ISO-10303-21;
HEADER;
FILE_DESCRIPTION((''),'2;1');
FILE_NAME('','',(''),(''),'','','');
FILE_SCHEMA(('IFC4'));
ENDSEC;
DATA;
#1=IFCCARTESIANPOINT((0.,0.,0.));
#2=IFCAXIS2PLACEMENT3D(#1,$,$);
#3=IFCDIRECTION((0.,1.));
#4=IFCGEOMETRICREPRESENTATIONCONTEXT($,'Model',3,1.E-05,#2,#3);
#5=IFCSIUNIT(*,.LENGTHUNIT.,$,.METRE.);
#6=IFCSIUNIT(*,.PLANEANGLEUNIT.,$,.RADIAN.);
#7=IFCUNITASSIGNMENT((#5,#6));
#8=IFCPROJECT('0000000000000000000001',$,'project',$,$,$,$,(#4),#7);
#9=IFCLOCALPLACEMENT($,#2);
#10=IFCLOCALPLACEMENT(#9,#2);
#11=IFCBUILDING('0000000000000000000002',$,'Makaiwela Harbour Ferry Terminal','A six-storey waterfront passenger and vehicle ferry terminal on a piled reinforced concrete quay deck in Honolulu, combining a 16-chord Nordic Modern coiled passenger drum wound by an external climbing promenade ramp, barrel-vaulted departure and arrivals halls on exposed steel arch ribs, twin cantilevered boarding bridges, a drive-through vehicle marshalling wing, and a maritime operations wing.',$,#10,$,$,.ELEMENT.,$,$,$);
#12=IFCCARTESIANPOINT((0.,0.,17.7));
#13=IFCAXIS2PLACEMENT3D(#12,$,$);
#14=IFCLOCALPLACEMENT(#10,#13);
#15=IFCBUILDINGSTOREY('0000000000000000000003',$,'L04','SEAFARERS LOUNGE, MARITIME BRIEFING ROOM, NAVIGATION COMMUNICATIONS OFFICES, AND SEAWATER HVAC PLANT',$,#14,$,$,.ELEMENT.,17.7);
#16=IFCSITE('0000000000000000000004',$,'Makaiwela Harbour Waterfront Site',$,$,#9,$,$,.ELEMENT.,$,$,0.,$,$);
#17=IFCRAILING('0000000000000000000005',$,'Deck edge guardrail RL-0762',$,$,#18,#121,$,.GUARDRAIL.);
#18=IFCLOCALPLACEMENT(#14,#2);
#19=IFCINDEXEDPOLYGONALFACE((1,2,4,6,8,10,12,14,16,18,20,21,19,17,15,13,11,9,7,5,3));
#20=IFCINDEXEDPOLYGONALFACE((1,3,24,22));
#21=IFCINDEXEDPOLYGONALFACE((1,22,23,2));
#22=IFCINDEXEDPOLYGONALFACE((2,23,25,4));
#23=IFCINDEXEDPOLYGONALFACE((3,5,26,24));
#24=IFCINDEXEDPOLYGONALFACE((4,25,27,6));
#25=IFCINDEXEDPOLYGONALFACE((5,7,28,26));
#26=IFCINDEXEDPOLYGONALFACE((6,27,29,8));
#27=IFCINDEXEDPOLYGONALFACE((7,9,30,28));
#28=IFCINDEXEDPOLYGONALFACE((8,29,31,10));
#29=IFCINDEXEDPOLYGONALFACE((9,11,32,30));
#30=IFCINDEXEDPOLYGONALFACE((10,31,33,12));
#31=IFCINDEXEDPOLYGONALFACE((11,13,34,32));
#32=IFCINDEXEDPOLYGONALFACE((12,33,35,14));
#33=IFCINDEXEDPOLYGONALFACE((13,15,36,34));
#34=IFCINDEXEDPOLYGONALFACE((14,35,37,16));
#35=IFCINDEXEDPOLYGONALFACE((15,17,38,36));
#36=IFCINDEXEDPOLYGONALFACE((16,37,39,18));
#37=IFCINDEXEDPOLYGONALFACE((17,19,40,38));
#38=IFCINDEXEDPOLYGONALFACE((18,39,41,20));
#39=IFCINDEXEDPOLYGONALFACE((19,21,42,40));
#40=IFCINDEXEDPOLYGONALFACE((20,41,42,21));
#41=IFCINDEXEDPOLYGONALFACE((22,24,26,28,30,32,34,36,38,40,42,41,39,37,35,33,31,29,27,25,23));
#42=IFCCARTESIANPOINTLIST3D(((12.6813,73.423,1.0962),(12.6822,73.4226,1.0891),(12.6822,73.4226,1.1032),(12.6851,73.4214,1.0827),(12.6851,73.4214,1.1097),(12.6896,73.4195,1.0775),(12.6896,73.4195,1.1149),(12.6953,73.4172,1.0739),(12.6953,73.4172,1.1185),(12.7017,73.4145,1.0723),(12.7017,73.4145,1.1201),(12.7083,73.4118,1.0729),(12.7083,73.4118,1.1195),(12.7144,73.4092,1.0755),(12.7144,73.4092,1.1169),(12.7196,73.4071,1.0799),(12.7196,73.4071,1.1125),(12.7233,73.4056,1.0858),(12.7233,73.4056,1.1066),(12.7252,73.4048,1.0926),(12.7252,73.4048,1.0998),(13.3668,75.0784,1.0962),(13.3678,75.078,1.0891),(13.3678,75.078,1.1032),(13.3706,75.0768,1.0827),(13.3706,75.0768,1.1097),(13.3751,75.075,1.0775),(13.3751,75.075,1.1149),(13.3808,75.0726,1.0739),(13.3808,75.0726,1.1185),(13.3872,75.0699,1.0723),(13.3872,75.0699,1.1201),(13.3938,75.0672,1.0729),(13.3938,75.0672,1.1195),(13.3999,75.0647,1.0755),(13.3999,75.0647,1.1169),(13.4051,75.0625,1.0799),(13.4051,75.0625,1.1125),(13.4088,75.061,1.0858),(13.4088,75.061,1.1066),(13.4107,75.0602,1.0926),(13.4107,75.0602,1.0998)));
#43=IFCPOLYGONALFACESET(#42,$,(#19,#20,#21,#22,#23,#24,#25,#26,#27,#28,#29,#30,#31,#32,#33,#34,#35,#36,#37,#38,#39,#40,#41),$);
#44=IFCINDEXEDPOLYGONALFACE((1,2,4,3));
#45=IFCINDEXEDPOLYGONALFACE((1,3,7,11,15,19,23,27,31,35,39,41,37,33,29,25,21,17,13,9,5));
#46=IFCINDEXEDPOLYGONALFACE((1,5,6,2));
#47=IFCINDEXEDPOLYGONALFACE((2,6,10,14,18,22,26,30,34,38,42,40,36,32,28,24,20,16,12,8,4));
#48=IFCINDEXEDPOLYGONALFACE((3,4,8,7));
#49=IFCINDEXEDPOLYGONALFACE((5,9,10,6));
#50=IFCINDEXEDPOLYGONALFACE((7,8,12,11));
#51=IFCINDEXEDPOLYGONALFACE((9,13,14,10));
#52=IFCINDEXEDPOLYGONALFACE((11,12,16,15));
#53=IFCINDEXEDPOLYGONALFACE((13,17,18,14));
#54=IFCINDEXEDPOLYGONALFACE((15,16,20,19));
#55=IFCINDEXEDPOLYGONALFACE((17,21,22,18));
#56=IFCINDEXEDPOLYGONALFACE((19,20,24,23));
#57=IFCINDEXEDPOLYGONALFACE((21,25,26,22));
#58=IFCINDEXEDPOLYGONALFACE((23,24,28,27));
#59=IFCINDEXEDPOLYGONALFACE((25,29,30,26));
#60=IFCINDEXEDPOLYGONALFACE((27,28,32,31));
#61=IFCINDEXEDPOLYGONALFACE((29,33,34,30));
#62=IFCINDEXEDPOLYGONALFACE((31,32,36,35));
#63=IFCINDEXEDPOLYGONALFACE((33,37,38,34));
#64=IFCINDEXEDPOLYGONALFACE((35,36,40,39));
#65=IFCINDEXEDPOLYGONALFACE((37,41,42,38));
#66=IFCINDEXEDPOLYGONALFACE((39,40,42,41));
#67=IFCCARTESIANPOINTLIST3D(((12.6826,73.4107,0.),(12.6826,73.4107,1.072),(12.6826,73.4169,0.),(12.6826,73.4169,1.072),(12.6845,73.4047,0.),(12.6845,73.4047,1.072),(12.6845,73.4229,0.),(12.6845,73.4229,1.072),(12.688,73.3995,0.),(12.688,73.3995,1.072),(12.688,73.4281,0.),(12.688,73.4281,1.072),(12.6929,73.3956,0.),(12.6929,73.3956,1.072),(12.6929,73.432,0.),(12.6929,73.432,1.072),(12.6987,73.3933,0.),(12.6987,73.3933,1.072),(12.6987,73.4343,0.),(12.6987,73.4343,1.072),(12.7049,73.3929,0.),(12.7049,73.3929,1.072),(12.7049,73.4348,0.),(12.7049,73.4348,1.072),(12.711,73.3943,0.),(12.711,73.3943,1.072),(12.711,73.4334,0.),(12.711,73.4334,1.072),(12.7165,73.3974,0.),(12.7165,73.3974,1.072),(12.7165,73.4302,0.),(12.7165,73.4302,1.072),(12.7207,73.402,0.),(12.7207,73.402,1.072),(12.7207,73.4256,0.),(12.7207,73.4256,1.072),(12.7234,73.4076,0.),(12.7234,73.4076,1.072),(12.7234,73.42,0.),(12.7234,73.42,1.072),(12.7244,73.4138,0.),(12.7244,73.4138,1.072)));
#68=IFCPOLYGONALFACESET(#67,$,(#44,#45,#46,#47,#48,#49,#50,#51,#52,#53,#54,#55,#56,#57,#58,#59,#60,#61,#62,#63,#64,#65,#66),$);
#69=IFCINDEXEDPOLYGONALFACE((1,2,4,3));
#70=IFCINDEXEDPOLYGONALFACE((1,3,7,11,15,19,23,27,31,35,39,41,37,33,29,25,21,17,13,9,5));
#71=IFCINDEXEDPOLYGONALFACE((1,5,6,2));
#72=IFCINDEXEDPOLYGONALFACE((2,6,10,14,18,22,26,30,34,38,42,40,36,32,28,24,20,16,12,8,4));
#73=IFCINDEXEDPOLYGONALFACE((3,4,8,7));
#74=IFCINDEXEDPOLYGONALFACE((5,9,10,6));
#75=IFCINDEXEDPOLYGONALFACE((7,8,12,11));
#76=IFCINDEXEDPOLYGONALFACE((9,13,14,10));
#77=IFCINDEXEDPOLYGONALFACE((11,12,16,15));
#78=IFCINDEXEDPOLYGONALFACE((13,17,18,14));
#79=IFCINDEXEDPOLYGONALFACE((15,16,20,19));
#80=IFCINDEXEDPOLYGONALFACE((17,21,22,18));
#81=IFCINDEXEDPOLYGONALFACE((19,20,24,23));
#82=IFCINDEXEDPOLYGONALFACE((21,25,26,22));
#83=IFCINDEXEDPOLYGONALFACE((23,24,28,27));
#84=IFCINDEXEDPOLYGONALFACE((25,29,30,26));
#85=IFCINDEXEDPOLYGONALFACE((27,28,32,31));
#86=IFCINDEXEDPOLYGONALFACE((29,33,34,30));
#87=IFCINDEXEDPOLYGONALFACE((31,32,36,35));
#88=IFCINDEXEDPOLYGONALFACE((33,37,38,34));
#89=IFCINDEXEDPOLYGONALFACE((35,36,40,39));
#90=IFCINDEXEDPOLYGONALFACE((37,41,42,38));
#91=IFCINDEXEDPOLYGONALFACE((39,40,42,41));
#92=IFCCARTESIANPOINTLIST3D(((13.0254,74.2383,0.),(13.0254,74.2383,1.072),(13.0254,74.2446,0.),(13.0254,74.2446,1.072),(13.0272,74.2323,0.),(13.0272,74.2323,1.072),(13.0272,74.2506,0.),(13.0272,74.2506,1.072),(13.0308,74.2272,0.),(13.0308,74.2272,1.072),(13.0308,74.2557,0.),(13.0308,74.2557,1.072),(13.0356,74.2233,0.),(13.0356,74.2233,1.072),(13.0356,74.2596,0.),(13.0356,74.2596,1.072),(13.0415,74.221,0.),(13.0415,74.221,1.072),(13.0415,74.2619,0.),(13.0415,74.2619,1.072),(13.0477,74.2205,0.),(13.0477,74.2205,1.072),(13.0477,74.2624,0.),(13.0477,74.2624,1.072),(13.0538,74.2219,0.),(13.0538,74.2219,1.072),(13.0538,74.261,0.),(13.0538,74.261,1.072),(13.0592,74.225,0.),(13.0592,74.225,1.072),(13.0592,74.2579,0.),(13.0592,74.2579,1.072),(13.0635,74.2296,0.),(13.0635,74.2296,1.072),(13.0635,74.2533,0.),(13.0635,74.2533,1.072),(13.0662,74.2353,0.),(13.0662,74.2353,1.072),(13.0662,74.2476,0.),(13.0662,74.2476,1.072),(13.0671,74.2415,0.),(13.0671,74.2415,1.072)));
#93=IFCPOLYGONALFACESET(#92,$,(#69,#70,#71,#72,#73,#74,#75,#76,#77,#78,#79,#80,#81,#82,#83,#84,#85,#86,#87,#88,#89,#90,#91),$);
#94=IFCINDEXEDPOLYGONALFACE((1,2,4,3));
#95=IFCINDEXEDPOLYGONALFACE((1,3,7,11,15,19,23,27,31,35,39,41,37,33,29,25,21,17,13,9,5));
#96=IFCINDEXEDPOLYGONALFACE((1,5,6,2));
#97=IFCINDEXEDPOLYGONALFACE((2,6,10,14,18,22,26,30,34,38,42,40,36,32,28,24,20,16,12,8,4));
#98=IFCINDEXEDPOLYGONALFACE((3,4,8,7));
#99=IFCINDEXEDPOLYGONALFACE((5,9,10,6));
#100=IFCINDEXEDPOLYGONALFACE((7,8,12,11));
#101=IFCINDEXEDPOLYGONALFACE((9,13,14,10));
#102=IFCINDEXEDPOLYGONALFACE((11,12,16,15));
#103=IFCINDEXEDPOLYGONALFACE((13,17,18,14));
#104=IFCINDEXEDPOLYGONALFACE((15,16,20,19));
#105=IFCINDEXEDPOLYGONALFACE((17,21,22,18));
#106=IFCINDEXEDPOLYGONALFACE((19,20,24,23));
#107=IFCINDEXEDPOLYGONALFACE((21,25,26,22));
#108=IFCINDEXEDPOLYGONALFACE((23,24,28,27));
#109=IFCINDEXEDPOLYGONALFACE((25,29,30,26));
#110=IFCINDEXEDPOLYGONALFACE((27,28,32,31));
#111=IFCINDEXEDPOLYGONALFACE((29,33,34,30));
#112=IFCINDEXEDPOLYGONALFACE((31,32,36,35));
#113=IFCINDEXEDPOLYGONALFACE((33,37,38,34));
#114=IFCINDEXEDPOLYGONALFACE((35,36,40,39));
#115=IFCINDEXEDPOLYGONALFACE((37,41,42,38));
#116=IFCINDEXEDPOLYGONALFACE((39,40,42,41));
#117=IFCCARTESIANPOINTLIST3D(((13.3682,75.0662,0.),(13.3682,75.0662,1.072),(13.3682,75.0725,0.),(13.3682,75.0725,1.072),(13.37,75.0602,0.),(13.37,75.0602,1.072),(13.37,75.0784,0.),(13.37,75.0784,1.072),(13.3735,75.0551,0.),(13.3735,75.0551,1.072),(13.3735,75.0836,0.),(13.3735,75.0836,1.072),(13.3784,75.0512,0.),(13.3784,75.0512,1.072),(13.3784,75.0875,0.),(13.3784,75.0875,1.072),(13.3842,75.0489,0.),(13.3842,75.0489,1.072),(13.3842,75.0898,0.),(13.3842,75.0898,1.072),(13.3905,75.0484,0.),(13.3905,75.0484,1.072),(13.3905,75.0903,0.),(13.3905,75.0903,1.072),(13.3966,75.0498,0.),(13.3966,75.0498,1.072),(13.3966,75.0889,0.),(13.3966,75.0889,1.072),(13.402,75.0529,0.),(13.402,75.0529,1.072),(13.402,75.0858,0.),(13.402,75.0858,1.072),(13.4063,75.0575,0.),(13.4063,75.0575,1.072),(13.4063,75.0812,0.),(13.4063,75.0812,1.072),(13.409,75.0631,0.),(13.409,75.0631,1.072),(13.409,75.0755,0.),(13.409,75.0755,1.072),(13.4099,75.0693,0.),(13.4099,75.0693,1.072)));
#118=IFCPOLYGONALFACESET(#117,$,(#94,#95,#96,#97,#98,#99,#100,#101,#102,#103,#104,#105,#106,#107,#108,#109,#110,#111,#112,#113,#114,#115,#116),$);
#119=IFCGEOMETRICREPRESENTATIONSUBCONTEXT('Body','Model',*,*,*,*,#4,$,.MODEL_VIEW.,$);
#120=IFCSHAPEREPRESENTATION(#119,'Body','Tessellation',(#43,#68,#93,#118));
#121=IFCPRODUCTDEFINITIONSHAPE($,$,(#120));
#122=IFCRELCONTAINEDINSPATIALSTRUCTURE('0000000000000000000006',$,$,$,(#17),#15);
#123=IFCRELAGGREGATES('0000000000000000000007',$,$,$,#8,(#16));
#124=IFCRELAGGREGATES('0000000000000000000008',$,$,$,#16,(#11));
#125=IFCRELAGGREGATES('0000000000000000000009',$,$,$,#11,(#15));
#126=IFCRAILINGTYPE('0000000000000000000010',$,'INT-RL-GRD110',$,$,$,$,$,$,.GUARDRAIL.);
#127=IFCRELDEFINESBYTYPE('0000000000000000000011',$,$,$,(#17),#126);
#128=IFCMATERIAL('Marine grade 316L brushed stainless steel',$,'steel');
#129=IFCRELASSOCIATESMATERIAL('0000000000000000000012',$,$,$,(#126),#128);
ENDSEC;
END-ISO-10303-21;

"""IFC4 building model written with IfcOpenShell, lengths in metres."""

from ifc_helpers import new_model, si_unit, direction, frame, origin, origin_2d, place, context, subcontext, project, spatial, circle, extrude, material, type_object, element, save


model = new_model("IFC4")

# Units and contexts
model_context = context("Model", 3, precision=1e-05, world=origin(), true_north=direction((0.0, 1.0)))
body_context = subcontext(model_context, "Body", "Model", "MODEL_VIEW")
ifc_project = project(units=[si_unit("LENGTHUNIT", "METRE"), si_unit("PLANEANGLEUNIT", "RADIAN")], contexts=[model_context])

# Site, building, storey
site_placement = place(None, origin())
site = spatial("IfcSite", under=ifc_project, at=site_placement, Name="Makaiwela Harbour Waterfront Site", CompositionType="ELEMENT", RefElevation=0.0)
building_placement = place(site_placement, origin())
building = spatial("IfcBuilding", under=site, at=building_placement, Name="Makaiwela Harbour Ferry Terminal", Description="A six-storey waterfront passenger and vehicle ferry terminal on a piled reinforced concrete quay deck in Honolulu, combining a 16-chord Nordic Modern coiled passenger drum wound by an external climbing promenade ramp, barrel-vaulted departure and arrivals halls on exposed steel arch ribs, twin cantilevered boarding bridges, a drive-through vehicle marshalling wing, and a maritime operations wing.", CompositionType="ELEMENT")
storey_placement = place(building_placement, frame((0.0, 0.0, 17.7)))
storey = spatial("IfcBuildingStorey", under=building, at=storey_placement, Name="L04", Description="SEAFARERS LOUNGE, MARITIME BRIEFING ROOM, NAVIGATION COMMUNICATIONS OFFICES, AND SEAWATER HVAC PLANT", CompositionType="ELEMENT", Elevation=17.7)

# Railing
ifc_material_1 = material(Name="Marine grade 316L brushed stainless steel", Category="steel")
railing_type = type_object("IfcRailingType", Name="INT-RL-GRD110", PredefinedType="GUARDRAIL", material=ifc_material_1)
railing_1_placement = place(storey_placement, frame((12.7034, 73.4138, 0.0)))
element("IfcRailing", 1, at=railing_1_placement, inside=storey, type_object=railing_type, Name="Deck edge guardrail RL-0762", PredefinedType="GUARDRAIL", context=body_context, shape_type="SweptSolid", body=[
    extrude(circle(Radius=0.0239, at=origin_2d()), frame((0.0, 0.0, 1.0962), z_axis=(0.382592, 0.923917, 0.0), x_axis=(-0.923917, 0.382592, 0.0)), (0.0, 0.0, 1.0), 1.7917),
    extrude(circle(Radius=0.021, at=origin_2d()), origin(), (0.0, 0.0, 1.0), 1.072),
    extrude(circle(Radius=0.021, at=origin_2d()), frame((0.3428, 0.8276, 0.0)), (0.0, 0.0, 1.0), 1.072),
    extrude(circle(Radius=0.021, at=origin_2d()), frame((0.6855, 1.6555, 0.0)), (0.0, 0.0, 1.0), 1.072),
])

save(model, "model.ifc")
